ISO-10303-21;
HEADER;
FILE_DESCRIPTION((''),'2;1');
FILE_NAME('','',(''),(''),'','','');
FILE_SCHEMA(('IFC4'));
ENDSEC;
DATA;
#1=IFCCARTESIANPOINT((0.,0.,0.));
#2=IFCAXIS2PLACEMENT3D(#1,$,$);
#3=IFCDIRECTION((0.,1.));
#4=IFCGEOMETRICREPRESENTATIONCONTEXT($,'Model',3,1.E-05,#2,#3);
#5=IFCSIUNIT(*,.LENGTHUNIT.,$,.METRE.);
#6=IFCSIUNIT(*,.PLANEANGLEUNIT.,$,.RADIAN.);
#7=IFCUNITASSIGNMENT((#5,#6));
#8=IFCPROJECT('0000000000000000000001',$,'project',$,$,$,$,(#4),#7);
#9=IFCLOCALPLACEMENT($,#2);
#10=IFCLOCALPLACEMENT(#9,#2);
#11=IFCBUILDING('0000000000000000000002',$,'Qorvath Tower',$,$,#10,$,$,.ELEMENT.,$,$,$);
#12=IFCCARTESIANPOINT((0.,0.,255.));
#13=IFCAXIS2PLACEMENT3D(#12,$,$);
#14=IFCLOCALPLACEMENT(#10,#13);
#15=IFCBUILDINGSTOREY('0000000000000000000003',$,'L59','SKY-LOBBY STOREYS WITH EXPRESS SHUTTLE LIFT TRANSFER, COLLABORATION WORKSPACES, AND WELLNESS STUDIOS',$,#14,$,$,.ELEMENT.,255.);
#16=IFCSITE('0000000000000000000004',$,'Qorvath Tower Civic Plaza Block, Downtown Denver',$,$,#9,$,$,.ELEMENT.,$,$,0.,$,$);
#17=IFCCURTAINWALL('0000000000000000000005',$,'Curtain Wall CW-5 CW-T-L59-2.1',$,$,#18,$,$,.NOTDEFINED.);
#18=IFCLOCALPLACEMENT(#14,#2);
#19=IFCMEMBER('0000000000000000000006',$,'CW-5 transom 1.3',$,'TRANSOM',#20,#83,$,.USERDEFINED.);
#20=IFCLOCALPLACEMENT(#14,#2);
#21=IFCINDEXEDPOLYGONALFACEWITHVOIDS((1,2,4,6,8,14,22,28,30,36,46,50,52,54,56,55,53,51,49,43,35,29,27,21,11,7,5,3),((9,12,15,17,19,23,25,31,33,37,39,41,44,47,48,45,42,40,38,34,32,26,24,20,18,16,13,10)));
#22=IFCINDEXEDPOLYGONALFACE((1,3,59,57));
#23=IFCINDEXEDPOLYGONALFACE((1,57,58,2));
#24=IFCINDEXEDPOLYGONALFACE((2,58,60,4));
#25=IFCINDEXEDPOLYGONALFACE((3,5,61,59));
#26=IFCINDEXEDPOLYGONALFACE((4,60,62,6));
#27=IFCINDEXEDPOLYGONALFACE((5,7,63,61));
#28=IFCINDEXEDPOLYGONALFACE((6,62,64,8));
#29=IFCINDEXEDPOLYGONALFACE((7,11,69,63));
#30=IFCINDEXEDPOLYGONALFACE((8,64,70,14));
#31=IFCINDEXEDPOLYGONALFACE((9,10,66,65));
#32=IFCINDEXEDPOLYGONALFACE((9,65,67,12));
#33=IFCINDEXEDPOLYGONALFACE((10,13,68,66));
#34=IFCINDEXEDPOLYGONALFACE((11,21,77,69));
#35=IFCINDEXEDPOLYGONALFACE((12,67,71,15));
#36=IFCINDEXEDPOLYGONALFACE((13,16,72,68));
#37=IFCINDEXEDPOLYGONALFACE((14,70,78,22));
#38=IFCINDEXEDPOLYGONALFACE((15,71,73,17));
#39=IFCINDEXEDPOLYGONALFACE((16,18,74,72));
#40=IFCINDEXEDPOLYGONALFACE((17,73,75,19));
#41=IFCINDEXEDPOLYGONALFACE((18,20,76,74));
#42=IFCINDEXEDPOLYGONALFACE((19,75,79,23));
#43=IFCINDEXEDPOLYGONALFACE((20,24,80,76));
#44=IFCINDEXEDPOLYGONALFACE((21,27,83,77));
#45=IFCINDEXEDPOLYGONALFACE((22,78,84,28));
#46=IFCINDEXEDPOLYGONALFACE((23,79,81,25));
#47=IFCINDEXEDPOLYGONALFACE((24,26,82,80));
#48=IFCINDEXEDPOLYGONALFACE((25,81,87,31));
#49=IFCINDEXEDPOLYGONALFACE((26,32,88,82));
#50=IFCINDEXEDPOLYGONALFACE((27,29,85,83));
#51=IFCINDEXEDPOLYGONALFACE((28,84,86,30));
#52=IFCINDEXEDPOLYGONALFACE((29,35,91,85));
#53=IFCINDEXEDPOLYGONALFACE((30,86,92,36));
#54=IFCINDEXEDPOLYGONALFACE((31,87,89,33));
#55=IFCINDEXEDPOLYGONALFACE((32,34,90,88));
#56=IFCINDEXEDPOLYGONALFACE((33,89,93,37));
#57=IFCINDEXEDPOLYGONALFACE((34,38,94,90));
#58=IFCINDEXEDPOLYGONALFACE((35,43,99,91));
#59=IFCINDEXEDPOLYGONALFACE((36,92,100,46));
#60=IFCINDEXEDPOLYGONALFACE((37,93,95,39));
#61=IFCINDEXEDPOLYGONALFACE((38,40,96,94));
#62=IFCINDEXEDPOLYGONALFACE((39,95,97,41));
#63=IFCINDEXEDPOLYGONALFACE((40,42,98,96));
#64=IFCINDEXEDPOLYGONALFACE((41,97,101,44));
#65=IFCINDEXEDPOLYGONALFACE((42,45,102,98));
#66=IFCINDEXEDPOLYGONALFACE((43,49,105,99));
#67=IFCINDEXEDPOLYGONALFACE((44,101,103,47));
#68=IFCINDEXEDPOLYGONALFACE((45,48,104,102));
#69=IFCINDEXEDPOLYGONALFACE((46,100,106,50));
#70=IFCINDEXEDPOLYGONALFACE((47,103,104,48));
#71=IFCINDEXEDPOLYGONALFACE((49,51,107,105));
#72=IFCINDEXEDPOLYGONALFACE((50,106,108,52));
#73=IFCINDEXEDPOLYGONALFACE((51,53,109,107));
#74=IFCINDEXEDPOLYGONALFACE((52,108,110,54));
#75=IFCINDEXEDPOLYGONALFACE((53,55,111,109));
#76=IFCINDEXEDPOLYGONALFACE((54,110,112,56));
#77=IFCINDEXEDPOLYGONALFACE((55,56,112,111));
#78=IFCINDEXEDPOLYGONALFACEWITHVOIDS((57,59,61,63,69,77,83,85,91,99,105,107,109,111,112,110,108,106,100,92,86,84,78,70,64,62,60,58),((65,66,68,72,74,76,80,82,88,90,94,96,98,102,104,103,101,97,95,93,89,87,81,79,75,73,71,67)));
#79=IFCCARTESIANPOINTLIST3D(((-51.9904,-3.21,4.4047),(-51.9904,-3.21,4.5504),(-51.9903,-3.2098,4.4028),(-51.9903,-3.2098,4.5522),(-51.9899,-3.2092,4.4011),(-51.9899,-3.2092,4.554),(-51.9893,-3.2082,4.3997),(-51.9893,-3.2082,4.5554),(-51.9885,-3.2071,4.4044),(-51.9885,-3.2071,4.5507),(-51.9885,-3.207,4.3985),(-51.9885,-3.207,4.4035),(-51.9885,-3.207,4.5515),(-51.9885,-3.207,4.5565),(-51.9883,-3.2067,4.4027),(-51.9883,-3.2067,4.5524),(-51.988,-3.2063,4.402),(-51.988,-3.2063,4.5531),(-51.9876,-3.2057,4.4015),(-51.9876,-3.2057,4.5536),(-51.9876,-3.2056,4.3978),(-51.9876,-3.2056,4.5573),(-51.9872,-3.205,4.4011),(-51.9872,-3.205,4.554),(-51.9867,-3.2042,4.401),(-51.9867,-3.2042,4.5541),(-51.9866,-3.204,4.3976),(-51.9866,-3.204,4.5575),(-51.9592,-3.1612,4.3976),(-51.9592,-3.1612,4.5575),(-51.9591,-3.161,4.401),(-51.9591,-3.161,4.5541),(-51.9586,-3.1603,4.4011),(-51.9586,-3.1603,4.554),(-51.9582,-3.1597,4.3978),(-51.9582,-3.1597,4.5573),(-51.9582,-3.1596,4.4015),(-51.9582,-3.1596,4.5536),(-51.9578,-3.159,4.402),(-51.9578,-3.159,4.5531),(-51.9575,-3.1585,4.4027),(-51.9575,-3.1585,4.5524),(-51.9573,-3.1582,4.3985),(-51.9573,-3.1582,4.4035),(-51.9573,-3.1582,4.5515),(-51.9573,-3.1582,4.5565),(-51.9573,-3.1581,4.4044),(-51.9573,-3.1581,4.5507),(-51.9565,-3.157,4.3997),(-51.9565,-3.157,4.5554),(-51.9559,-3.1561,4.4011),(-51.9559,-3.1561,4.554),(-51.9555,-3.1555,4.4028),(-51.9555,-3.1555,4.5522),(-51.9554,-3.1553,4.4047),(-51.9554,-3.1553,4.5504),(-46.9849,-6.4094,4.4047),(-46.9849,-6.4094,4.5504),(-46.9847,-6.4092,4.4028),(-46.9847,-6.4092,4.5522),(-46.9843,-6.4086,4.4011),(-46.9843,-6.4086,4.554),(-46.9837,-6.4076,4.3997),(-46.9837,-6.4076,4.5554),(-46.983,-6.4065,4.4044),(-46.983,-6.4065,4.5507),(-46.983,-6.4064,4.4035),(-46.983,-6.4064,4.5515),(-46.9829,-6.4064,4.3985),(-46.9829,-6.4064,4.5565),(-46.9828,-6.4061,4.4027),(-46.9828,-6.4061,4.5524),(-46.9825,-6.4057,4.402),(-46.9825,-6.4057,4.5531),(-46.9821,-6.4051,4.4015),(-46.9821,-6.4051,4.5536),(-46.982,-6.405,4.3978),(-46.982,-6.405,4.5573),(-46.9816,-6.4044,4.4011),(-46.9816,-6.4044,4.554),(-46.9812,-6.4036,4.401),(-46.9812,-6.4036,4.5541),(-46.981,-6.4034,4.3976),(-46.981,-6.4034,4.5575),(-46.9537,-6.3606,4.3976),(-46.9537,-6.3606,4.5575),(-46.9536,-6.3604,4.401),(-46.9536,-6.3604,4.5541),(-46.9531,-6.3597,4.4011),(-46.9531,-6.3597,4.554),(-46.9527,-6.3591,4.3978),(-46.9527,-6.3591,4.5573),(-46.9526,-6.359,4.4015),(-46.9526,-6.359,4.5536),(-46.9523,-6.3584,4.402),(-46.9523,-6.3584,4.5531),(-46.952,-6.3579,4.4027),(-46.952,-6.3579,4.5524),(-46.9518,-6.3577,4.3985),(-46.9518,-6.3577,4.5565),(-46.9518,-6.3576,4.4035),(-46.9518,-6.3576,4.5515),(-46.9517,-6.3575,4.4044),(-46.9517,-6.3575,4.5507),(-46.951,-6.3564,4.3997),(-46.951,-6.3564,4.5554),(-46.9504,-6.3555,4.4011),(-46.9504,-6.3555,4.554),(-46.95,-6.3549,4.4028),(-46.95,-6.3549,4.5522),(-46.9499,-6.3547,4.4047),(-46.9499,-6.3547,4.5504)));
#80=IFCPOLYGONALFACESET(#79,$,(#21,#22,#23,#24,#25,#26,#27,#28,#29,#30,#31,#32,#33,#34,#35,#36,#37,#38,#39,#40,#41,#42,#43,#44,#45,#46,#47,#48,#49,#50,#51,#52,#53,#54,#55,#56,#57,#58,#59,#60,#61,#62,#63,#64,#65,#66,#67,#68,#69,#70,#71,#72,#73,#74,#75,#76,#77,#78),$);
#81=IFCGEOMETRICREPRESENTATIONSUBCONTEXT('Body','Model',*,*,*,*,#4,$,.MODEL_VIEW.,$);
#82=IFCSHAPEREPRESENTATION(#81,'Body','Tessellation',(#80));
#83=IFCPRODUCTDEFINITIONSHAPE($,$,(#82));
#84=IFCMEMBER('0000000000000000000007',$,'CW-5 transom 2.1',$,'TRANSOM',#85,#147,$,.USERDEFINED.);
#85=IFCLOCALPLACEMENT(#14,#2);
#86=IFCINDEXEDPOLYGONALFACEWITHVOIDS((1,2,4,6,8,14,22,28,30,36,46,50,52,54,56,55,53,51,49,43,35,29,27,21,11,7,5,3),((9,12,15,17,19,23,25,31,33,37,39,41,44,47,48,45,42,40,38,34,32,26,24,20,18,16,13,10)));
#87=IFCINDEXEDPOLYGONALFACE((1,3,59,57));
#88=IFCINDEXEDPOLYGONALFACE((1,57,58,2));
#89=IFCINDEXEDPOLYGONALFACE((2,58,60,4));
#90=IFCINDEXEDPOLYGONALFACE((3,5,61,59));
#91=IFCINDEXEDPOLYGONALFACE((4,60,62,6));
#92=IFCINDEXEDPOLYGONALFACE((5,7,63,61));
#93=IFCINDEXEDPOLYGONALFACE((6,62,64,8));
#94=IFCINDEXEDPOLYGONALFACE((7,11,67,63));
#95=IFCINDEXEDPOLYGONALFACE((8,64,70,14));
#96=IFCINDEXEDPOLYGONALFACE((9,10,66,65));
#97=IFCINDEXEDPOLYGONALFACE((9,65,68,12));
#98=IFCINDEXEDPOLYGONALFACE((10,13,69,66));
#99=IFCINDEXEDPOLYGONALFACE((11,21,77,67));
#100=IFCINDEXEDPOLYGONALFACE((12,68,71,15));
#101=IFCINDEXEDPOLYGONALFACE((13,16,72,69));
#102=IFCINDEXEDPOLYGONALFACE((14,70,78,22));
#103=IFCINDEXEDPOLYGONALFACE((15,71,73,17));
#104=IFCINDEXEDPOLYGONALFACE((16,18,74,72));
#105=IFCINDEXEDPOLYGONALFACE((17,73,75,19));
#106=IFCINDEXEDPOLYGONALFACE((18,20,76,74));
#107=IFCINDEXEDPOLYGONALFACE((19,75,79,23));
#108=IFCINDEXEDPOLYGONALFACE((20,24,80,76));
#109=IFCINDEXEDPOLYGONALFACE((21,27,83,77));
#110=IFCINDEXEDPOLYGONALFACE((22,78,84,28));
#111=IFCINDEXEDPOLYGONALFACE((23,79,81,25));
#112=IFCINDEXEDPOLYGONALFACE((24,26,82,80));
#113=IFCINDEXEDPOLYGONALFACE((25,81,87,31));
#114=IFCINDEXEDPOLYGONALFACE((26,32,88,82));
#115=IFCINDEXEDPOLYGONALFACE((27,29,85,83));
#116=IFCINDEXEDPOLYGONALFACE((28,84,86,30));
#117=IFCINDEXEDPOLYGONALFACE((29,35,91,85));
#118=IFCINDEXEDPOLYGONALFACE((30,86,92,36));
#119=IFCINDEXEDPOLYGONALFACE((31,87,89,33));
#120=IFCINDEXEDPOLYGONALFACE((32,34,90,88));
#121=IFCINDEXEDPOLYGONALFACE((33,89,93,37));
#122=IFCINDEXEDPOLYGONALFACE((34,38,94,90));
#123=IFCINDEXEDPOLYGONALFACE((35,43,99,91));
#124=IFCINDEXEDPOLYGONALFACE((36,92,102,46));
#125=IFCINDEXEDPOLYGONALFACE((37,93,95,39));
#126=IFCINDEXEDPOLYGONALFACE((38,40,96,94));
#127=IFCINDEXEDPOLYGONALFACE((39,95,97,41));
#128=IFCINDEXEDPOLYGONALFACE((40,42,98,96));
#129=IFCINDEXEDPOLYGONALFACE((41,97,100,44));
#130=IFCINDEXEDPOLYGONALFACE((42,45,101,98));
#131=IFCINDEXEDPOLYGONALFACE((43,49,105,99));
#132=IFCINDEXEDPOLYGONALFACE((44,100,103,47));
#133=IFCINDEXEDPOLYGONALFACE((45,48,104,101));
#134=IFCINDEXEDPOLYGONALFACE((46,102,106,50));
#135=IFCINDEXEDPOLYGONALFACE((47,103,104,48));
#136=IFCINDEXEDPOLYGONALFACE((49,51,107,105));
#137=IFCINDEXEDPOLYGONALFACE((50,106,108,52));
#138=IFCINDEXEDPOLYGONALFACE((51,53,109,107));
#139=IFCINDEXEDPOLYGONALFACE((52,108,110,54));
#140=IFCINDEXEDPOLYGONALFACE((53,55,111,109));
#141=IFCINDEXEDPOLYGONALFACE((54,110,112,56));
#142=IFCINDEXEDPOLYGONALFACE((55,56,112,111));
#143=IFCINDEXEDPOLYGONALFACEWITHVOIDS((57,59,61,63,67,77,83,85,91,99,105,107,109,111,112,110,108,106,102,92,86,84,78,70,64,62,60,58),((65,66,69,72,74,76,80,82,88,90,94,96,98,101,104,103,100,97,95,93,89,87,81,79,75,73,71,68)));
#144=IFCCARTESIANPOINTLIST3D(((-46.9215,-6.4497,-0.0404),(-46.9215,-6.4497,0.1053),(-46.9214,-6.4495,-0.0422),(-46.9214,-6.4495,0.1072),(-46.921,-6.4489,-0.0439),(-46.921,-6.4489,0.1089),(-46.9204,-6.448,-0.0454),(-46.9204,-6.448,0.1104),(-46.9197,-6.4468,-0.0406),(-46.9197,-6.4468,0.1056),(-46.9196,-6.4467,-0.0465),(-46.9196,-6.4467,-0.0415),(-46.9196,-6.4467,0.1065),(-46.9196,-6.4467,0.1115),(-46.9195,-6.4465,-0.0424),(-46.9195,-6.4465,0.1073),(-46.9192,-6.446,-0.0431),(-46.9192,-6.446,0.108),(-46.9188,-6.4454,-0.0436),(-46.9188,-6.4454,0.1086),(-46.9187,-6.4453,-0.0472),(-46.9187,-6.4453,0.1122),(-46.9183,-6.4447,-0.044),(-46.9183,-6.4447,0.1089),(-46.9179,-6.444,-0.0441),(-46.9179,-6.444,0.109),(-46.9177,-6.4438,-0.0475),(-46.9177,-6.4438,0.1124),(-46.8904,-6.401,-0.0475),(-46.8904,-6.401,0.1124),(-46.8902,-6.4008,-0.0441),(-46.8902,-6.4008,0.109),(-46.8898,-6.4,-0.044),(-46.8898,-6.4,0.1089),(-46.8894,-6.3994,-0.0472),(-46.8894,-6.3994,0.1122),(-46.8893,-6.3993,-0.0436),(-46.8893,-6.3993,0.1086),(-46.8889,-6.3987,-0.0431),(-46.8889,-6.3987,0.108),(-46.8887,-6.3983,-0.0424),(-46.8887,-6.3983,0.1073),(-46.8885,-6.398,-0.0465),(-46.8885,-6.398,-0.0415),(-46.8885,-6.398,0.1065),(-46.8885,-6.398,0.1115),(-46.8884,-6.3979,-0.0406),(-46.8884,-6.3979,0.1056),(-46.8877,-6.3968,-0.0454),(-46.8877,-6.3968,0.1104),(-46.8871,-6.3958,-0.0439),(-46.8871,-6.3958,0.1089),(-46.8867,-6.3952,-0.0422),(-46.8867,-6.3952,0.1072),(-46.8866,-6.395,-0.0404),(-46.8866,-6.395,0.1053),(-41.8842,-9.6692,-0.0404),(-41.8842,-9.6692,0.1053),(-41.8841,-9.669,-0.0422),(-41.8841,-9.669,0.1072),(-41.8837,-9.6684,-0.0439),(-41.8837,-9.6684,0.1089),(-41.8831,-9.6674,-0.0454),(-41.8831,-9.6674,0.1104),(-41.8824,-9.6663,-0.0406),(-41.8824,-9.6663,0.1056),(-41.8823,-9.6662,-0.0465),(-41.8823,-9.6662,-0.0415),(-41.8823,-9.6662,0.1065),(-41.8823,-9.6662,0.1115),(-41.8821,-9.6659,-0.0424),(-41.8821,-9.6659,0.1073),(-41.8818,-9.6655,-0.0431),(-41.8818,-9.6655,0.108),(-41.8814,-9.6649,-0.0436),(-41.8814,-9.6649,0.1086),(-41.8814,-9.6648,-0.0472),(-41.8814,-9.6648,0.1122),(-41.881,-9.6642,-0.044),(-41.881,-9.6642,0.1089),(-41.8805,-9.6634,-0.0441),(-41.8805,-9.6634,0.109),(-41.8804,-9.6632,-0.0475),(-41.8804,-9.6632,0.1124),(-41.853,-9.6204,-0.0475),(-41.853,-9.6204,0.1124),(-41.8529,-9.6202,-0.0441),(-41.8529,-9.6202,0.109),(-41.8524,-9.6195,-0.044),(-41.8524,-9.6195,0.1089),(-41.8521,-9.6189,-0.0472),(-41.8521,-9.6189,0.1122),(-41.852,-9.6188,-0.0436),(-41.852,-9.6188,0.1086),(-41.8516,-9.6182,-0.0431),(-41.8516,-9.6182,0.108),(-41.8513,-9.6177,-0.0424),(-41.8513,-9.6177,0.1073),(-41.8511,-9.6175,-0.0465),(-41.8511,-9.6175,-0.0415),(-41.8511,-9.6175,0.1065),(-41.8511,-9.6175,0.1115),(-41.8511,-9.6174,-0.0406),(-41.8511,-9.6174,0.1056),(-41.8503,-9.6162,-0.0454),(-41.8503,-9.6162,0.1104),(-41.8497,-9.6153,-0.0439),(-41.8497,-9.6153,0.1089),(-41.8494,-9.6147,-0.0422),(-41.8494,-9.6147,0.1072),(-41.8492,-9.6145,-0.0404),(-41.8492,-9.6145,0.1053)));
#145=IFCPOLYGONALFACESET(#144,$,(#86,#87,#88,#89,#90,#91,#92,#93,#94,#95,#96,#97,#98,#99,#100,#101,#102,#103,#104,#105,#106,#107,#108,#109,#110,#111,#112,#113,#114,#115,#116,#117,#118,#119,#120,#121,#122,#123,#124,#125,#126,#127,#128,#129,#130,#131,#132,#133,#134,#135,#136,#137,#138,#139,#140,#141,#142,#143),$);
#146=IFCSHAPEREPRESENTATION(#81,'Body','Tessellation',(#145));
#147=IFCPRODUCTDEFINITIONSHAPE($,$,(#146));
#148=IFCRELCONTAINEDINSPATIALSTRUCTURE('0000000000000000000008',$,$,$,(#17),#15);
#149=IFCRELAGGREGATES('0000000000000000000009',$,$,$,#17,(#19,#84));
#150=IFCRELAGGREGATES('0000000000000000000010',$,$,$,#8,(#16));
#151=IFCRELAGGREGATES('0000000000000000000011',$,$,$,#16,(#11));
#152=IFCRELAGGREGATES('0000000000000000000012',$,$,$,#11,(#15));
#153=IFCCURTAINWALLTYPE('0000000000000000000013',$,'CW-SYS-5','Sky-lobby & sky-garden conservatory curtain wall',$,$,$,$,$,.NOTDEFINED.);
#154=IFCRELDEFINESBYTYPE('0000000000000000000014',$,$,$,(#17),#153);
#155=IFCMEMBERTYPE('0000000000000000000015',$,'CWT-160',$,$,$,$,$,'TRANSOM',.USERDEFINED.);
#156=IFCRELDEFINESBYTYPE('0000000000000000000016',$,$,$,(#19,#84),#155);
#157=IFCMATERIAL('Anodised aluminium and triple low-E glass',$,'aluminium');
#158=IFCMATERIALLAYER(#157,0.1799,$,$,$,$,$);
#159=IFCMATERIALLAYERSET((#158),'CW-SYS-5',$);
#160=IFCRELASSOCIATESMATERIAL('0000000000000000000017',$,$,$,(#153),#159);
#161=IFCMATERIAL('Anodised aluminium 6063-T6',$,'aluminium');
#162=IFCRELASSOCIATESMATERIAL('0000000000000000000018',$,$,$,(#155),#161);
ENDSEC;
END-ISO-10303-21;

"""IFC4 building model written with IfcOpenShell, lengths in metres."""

from ifc_helpers import new_model, si_unit, direction, frame, origin, origin_2d, place, context, subcontext, project, spatial, hollow_rectangle, extrude, material, layer, layer_set, material_profile, profile_set, type_object, element, aggregate, save


model = new_model("IFC4")

# Units and contexts
model_context = context("Model", 3, precision=1e-05, world=origin(), true_north=direction((0.0, 1.0)))
body_context = subcontext(model_context, "Body", "Model", "MODEL_VIEW")
ifc_project = project(units=[si_unit("LENGTHUNIT", "METRE"), si_unit("PLANEANGLEUNIT", "RADIAN")], contexts=[model_context])

# Site, building, storey
site_placement = place(None, origin())
site = spatial("IfcSite", under=ifc_project, at=site_placement, Name="Qorvath Tower Civic Plaza Block, Downtown Denver", CompositionType="ELEMENT", RefElevation=0.0)
building_placement = place(site_placement, origin())
building = spatial("IfcBuilding", under=site, at=building_placement, Name="Qorvath Tower", CompositionType="ELEMENT")
storey_placement = place(building_placement, frame((0.0, 0.0, 255.0)))
storey = spatial("IfcBuildingStorey", under=building, at=storey_placement, Name="L59", Description="SKY-LOBBY STOREYS WITH EXPRESS SHUTTLE LIFT TRANSFER, COLLABORATION WORKSPACES, AND WELLNESS STUDIOS", CompositionType="ELEMENT", Elevation=255.0)

# Curtain wall, members
ifc_material_1 = material(Name="Anodised aluminium and triple low-E glass", Category="aluminium")
ifc_layer_1 = layer(ifc_material_1, 0.1799)
ifc_layer_set_1 = layer_set([ifc_layer_1], Name="CW-SYS-5")
curtain_wall_type = type_object("IfcCurtainWallType", Name="CW-SYS-5", Description="Sky-lobby & sky-garden conservatory curtain wall", PredefinedType="NOTDEFINED", material=ifc_layer_set_1)
curtain_wall_placement = place(storey_placement, origin())
curtain_wall = element("IfcCurtainWall", 1, at=curtain_wall_placement, inside=storey, type_object=curtain_wall_type, Name="Curtain Wall CW-5 CW-T-L59-2.1", PredefinedType="NOTDEFINED")
ifc_material_2 = material(Name="Anodised aluminium 6063-T6", Category="aluminium")
ifc_material_profile_1 = material_profile(ifc_material_2, hollow_rectangle(XDim=0.0649, YDim=0.1599, WallThickness=0.0034, InnerFilletRadius=0.0034, OuterFilletRadius=0.0071, at=origin_2d()), Name="CWT 160x65")
ifc_profile_set_1 = profile_set([ifc_material_profile_1], Name="Anodised aluminium 6063-T6")
member_type_1 = type_object("IfcMemberType", Name="CWT-160", ElementType="TRANSOM", PredefinedType="USERDEFINED", material=ifc_profile_set_1)
member_1_placement = place(storey_placement, frame((-51.9729, -3.1826, 4.4775), z_axis=(0.842587, -0.53856, 0.0), x_axis=(0.53856, 0.842587, 0.0)))
member_1 = element("IfcMember", 2, at=member_1_placement, type_object=member_type_1, Name="CW-5 transom 1.3", ObjectType="TRANSOM", PredefinedType="USERDEFINED", context=body_context, shape_type="SweptSolid", body=[
    extrude(hollow_rectangle(XDim=0.0649, YDim=0.1599, WallThickness=0.0034, InnerFilletRadius=0.0034, OuterFilletRadius=0.0071, at=origin_2d()), origin(), (0.0, 0.0, 1.0), 5.9407),
])
member_2_placement = place(storey_placement, frame((-46.9041, -6.4224, 0.0325), z_axis=(0.842607, -0.538529, 0.0), x_axis=(0.538529, 0.842607, 0.0)))
member_2 = element("IfcMember", 3, at=member_2_placement, type_object=member_type_1, Name="CW-5 transom 2.1", ObjectType="TRANSOM", PredefinedType="USERDEFINED", context=body_context, shape_type="SweptSolid", body=[
    extrude(hollow_rectangle(XDim=0.0649, YDim=0.1599, WallThickness=0.0034, InnerFilletRadius=0.0034, OuterFilletRadius=0.0071, at=origin_2d()), origin(), (0.0, 0.0, 1.0), 5.9783),
])
aggregate(curtain_wall, [member_1, member_2])

save(model, "model.ifc")
